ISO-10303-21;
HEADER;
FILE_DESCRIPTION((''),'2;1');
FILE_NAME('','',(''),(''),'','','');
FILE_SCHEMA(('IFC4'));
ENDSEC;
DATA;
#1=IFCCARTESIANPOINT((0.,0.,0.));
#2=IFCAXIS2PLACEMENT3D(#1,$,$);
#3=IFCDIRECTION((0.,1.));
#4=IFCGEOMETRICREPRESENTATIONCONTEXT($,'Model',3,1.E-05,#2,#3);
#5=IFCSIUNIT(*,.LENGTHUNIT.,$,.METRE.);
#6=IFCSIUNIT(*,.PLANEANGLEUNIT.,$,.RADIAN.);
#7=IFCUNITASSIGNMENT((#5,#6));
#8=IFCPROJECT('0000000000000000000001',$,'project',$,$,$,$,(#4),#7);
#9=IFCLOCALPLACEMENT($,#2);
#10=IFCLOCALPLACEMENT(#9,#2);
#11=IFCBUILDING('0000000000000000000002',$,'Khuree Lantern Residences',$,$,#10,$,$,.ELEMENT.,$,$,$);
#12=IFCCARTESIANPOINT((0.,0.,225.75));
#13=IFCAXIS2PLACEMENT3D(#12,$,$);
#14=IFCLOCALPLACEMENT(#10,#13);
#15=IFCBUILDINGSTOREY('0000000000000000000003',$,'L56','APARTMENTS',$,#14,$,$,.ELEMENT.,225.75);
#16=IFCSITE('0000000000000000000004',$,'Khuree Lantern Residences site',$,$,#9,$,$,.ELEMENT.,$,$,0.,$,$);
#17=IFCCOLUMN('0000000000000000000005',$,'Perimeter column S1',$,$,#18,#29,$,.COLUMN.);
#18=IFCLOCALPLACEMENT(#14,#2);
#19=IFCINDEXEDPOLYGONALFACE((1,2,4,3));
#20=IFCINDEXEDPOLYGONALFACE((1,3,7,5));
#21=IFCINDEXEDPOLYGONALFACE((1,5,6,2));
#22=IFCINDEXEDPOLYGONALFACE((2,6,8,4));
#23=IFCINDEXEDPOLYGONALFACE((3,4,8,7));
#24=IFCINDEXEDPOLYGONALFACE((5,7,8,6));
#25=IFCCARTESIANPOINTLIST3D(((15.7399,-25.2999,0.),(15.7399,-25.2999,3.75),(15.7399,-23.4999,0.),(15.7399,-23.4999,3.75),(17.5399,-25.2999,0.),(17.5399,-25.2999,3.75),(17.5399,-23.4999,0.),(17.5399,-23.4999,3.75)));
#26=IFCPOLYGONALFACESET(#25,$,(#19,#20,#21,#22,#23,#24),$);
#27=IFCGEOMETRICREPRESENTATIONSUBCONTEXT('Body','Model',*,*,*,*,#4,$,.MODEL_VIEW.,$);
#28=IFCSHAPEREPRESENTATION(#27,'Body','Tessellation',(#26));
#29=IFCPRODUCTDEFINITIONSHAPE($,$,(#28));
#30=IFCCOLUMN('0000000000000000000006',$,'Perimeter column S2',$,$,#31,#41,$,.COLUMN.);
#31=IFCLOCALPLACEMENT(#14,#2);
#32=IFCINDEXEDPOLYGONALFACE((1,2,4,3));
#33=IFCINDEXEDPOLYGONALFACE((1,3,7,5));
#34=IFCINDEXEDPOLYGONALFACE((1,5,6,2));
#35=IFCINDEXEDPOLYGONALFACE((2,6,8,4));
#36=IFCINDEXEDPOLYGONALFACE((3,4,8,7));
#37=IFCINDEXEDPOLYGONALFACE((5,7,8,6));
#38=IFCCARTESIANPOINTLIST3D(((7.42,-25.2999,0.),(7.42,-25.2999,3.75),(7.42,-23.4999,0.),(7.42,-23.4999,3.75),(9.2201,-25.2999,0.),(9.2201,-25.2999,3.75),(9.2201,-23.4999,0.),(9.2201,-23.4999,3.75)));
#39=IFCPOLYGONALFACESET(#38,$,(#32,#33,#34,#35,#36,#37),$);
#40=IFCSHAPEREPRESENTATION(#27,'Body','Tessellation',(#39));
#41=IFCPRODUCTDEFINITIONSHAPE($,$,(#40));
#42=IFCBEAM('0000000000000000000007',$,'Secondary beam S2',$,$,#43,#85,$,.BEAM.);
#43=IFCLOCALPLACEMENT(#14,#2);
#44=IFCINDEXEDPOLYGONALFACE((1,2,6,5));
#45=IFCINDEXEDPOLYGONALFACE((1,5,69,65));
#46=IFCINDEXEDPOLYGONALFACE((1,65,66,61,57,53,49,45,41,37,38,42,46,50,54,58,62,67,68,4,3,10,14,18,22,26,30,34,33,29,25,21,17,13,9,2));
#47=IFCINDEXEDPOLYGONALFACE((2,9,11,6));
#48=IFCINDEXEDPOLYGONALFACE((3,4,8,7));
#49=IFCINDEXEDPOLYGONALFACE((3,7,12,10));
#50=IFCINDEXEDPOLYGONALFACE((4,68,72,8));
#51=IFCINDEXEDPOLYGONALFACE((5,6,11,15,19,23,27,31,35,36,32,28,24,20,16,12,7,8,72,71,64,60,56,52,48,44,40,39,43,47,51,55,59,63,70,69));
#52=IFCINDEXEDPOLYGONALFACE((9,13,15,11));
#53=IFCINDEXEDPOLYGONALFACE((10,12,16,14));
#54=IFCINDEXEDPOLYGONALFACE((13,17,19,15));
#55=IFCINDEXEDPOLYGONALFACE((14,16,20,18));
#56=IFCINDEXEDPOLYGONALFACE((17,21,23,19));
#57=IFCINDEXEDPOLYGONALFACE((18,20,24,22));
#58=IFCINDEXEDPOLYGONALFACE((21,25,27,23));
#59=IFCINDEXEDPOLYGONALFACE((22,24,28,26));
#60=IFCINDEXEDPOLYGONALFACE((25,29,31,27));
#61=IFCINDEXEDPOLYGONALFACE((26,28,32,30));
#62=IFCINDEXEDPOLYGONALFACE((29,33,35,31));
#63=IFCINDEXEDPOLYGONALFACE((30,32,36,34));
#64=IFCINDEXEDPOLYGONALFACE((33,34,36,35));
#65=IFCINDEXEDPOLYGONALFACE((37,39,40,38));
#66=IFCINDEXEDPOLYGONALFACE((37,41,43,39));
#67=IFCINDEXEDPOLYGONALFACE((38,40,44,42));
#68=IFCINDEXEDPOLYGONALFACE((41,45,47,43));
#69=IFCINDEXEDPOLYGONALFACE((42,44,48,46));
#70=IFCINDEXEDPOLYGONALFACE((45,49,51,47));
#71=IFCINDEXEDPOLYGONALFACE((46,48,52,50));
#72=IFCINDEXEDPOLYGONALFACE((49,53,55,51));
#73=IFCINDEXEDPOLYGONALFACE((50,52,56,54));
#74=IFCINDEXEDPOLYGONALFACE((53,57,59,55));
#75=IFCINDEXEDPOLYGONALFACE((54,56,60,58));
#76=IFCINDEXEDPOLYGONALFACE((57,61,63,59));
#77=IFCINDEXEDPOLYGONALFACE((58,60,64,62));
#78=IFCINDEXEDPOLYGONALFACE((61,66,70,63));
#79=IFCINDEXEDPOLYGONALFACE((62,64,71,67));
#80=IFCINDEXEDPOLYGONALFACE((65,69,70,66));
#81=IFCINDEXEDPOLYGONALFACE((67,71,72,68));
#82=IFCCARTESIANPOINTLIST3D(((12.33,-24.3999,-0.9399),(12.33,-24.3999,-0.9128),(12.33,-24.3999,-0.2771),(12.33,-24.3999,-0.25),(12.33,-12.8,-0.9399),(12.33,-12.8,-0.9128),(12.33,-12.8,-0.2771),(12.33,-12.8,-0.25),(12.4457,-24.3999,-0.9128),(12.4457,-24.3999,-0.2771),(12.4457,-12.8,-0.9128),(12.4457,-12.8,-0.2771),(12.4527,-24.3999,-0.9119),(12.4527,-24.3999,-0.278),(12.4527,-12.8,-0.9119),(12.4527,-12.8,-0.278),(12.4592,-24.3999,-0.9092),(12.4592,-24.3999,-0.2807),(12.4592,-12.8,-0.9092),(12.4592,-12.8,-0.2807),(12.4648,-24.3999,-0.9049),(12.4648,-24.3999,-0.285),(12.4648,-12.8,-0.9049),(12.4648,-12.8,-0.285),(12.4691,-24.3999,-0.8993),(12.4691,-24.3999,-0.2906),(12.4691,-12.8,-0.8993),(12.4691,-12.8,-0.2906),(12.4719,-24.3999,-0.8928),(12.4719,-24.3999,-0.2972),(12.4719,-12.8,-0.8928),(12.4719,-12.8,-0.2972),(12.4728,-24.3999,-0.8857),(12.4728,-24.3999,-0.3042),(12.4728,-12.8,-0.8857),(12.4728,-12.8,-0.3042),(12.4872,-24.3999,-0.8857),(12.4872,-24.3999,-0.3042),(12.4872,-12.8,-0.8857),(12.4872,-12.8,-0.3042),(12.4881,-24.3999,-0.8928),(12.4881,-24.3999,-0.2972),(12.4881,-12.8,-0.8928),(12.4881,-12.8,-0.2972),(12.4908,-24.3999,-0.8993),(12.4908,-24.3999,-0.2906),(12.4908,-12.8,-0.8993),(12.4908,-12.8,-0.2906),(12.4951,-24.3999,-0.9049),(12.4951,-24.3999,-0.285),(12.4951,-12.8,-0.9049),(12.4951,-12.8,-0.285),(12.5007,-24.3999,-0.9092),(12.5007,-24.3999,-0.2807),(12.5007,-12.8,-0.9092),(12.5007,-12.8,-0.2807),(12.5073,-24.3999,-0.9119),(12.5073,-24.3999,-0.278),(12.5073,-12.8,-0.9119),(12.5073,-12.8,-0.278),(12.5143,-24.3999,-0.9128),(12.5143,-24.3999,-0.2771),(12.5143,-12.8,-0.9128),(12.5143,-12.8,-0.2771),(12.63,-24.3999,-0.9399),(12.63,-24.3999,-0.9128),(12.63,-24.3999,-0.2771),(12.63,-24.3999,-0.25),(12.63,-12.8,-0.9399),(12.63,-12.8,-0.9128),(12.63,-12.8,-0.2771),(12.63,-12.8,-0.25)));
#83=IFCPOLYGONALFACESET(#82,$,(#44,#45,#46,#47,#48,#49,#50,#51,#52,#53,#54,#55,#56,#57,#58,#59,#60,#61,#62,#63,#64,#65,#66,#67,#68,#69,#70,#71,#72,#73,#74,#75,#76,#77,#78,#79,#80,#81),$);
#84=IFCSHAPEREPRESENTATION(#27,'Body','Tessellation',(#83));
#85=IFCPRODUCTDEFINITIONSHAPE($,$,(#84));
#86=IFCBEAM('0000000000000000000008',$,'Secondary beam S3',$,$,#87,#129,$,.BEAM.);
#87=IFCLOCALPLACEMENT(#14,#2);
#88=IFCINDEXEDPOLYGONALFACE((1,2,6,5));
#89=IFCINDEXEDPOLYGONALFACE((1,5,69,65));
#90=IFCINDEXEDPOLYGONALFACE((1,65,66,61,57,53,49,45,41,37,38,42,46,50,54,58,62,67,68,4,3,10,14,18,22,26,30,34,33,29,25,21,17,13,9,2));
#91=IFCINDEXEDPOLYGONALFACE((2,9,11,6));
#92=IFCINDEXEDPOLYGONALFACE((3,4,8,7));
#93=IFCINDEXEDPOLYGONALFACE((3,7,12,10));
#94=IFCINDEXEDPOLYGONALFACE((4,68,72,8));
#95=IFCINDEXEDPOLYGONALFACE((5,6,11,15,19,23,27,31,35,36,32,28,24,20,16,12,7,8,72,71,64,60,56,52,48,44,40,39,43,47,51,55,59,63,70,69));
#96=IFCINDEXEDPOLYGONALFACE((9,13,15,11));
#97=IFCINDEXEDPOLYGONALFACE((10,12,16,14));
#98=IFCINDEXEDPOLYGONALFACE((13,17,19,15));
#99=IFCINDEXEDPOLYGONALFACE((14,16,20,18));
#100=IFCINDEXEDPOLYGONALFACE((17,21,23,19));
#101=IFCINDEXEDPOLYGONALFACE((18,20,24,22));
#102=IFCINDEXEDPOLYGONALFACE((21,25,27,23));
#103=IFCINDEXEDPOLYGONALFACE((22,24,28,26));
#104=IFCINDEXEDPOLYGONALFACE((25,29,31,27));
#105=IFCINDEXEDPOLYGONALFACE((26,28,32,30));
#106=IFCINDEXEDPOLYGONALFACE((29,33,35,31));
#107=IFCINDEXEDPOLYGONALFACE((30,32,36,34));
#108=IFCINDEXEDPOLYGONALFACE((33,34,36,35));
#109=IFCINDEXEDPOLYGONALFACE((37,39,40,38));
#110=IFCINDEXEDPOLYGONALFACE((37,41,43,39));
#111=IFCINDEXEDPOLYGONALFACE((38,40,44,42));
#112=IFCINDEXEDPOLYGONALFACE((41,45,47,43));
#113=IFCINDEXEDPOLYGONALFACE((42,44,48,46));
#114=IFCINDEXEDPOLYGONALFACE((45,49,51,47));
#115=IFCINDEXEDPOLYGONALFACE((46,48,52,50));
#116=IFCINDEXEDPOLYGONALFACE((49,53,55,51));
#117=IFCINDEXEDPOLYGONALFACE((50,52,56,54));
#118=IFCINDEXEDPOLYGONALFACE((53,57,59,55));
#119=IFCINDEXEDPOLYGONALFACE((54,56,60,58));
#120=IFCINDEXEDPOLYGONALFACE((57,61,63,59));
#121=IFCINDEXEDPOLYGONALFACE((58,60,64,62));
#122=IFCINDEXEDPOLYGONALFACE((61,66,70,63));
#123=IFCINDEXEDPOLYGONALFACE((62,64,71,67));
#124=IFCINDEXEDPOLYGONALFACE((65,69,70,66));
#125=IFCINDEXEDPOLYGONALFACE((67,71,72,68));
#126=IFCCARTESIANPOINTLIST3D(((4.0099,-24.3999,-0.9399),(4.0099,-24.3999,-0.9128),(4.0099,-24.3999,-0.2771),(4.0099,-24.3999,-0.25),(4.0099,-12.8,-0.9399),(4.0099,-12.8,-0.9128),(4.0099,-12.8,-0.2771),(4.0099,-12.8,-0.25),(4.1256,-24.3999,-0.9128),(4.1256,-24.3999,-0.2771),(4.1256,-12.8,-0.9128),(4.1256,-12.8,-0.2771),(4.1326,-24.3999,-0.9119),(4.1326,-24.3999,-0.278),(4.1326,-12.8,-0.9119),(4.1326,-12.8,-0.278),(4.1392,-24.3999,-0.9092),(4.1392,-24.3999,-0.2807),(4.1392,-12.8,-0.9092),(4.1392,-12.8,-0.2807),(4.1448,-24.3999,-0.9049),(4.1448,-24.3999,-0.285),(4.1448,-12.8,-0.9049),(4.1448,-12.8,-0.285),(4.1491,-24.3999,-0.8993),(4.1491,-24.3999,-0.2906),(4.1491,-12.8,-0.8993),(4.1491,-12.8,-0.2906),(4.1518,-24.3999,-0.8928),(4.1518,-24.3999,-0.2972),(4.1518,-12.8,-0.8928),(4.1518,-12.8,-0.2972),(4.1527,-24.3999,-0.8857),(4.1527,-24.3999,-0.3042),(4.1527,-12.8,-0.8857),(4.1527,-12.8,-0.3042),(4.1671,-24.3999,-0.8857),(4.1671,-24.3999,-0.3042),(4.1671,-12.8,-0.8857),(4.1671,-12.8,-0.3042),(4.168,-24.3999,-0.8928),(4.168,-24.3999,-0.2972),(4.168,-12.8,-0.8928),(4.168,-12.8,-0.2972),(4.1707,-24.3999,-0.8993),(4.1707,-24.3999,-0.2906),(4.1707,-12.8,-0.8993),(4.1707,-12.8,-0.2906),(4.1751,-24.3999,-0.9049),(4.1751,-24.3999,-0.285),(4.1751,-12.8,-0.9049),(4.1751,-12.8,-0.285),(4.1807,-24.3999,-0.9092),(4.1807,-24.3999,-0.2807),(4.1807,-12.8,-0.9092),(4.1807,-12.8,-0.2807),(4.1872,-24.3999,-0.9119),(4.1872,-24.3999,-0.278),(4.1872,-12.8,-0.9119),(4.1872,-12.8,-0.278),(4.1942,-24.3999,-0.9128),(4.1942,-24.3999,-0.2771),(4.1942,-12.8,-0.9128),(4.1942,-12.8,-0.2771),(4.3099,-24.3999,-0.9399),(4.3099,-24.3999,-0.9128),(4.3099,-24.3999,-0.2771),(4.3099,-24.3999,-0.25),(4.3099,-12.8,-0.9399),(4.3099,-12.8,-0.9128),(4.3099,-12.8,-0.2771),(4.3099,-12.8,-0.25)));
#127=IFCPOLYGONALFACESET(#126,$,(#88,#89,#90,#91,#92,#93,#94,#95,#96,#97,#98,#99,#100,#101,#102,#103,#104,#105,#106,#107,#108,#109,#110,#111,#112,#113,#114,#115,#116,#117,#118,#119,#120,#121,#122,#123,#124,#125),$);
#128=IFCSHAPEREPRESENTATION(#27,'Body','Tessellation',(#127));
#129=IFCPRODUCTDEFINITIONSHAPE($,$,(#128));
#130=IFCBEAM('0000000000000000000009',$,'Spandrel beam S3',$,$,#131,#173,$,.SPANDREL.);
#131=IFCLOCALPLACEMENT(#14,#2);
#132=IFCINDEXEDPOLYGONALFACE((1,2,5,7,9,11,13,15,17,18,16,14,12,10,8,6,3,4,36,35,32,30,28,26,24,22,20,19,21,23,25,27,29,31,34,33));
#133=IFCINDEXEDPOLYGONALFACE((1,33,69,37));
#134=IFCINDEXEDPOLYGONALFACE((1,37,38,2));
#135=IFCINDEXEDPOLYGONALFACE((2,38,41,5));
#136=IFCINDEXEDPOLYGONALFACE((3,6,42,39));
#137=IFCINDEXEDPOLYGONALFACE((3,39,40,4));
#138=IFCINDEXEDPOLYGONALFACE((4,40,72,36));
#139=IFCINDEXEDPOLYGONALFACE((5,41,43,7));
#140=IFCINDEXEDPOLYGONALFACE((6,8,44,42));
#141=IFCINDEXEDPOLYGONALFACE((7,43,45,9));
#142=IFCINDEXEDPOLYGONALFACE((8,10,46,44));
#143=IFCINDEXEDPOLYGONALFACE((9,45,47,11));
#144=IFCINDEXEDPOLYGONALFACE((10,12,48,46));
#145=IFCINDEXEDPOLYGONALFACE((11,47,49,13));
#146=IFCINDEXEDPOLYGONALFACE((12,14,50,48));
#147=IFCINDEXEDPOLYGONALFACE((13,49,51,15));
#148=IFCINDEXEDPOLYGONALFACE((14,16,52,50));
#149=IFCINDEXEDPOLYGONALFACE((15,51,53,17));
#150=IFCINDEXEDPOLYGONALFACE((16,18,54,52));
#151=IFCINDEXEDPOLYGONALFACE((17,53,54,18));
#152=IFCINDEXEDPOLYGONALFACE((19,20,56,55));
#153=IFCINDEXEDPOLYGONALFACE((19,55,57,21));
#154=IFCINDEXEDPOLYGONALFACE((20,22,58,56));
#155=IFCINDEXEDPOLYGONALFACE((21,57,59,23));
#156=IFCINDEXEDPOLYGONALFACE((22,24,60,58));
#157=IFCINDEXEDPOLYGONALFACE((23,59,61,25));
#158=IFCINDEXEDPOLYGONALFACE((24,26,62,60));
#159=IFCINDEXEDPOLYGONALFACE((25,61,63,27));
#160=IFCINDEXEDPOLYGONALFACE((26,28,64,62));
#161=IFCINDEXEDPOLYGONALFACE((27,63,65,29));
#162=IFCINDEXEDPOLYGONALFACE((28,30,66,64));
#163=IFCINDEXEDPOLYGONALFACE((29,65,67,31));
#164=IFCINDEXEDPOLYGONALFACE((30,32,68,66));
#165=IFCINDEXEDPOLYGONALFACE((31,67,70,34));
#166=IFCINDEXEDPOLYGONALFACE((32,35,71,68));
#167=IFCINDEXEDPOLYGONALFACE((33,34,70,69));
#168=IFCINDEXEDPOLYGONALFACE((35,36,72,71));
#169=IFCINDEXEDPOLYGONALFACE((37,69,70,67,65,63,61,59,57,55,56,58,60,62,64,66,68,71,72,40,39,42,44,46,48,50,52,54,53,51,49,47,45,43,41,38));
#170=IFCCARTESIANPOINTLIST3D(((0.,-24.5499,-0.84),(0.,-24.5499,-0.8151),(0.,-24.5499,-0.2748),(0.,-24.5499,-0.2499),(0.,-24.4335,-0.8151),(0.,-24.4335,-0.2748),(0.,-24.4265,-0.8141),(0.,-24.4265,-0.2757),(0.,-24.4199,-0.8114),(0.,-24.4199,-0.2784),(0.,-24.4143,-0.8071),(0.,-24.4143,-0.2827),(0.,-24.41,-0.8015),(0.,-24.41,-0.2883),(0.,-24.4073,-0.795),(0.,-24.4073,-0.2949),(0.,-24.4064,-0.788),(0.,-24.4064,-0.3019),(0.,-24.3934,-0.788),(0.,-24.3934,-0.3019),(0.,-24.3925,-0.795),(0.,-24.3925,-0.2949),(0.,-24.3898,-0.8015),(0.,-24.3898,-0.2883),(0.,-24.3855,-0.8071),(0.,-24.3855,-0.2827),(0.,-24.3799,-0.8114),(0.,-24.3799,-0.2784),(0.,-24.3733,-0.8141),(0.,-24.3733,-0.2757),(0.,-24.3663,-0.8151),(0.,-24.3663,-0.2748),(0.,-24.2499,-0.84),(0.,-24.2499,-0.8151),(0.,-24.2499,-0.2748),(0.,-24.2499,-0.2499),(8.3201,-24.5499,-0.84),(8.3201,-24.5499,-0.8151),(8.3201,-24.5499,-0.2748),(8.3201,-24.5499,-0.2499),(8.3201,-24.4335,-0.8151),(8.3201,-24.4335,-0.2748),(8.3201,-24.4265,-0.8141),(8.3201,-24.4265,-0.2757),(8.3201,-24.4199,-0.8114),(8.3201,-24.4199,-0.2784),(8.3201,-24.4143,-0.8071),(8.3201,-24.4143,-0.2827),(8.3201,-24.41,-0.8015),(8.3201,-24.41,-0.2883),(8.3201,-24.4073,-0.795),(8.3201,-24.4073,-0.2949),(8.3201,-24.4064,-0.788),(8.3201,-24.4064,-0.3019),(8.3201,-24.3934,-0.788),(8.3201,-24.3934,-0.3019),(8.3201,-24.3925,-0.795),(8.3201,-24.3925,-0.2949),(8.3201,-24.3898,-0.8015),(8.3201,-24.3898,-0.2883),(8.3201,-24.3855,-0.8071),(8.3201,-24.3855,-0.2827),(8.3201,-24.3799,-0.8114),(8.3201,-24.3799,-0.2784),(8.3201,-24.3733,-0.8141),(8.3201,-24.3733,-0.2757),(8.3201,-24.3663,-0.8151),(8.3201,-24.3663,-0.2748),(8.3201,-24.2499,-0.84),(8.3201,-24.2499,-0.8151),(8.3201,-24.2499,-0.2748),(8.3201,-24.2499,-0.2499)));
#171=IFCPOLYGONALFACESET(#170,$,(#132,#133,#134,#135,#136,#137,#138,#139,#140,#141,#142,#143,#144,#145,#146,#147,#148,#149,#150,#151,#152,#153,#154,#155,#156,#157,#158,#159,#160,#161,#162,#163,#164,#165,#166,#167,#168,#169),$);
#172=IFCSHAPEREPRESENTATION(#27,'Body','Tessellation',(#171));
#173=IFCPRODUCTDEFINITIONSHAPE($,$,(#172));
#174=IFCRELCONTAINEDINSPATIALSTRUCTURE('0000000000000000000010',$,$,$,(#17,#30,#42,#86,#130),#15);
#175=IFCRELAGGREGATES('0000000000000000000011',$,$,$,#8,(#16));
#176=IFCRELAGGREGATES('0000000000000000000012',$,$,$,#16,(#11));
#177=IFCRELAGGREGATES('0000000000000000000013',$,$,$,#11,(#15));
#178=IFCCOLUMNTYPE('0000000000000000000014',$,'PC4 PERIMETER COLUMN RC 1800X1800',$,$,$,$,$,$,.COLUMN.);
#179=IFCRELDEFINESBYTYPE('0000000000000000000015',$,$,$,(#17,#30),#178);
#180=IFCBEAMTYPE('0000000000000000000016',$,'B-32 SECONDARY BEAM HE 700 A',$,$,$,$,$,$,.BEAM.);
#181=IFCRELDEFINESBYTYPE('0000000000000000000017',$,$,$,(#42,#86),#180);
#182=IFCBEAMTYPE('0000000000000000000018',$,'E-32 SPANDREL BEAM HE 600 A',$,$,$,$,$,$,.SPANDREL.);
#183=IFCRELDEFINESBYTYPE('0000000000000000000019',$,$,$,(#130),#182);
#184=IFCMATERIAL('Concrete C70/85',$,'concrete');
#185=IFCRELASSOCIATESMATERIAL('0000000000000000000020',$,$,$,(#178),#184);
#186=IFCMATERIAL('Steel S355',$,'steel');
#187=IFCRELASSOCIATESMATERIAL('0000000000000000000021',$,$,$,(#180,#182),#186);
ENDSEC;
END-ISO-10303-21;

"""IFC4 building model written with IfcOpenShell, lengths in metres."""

from ifc_helpers import new_model, si_unit, direction, frame, origin, origin_2d, place, context, subcontext, project, spatial, rectangle, i_section, extrude, material, material_profile, profile_set, type_object, element, save


model = new_model("IFC4")

# Units and contexts
model_context = context("Model", 3, precision=1e-05, world=origin(), true_north=direction((0.0, 1.0)))
body_context = subcontext(model_context, "Body", "Model", "MODEL_VIEW")
ifc_project = project(units=[si_unit("LENGTHUNIT", "METRE"), si_unit("PLANEANGLEUNIT", "RADIAN")], contexts=[model_context])

# Site, building, storey
site_placement = place(None, origin())
site = spatial("IfcSite", under=ifc_project, at=site_placement, Name="Khuree Lantern Residences site", CompositionType="ELEMENT", RefElevation=0.0)
building_placement = place(site_placement, origin())
building = spatial("IfcBuilding", under=site, at=building_placement, Name="Khuree Lantern Residences", CompositionType="ELEMENT")
storey_placement = place(building_placement, frame((0.0, 0.0, 225.75)))
storey = spatial("IfcBuildingStorey", under=building, at=storey_placement, Name="L56", Description="APARTMENTS", CompositionType="ELEMENT", Elevation=225.75)

# Columns
ifc_material_1 = material(Name="Concrete C70/85", Category="concrete")
ifc_material_profile_1 = material_profile(ifc_material_1, rectangle(XDim=1.8, YDim=1.8, at=origin_2d()), Name="RC 1800X1800")
ifc_profile_set_1 = profile_set([ifc_material_profile_1], Name="Concrete C70/85")
column_type = type_object("IfcColumnType", Name="PC4 PERIMETER COLUMN RC 1800X1800", PredefinedType="COLUMN", material=ifc_profile_set_1)
for number, where, z_axis, x_axis, name in (
    (1, (16.6399, -24.3999, 0.0), (0.0, 0.0, 1.0), (1.0, 0.0, 0.0), "Perimeter column S1"),
    (2, (8.3201, -24.3999, 0.0), (0.0, 0.0, 1.0), (1.0, 0.0, 0.0), "Perimeter column S2"),
):
    element("IfcColumn", number, at=place(storey_placement, frame(where, z_axis=z_axis, x_axis=x_axis)), inside=storey, type_object=column_type, Name=name, PredefinedType="COLUMN", context=body_context, shape_type="SweptSolid", body=[
        extrude(rectangle(XDim=1.8, YDim=1.8, at=origin_2d()), origin(), (0.0, 0.0, 1.0), 3.75),
    ])

# Beams
ifc_material_2 = material(Name="Steel S355", Category="steel")
ifc_material_profile_2 = material_profile(ifc_material_2, i_section(OverallWidth=0.3, OverallDepth=0.6899, WebThickness=0.0144, FlangeThickness=0.0271, FilletRadius=0.0271, at=origin_2d()), Name="HE 700 A")
ifc_profile_set_2 = profile_set([ifc_material_profile_2], Name="Steel S355")
beam_type_1 = type_object("IfcBeamType", Name="B-32 SECONDARY BEAM HE 700 A", PredefinedType="BEAM", material=ifc_profile_set_2)
for number, where, z_axis, x_axis, name in (
    (3, (12.48, -24.3999, -0.595), (0.0, 1.0, 0.0), (-1.0, 0.0, 0.0), "Secondary beam S2"),
    (4, (4.1599, -24.3999, -0.595), (0.0, 1.0, 0.0), (-1.0, 0.0, 0.0), "Secondary beam S3"),
):
    element("IfcBeam", number, at=place(storey_placement, frame(where, z_axis=z_axis, x_axis=x_axis)), inside=storey, type_object=beam_type_1, Name=name, PredefinedType="BEAM", context=body_context, shape_type="SweptSolid", body=[
        extrude(i_section(OverallWidth=0.3, OverallDepth=0.6899, WebThickness=0.0144, FlangeThickness=0.0271, FilletRadius=0.0271, at=origin_2d()), origin(), (0.0, 0.0, 1.0), 11.5999),
    ])
ifc_material_profile_3 = material_profile(ifc_material_2, i_section(OverallWidth=0.3, OverallDepth=0.5901, WebThickness=0.0129, FlangeThickness=0.0249, FilletRadius=0.0271, at=origin_2d()), Name="HE 600 A")
ifc_profile_set_3 = profile_set([ifc_material_profile_3], Name="Steel S355")
beam_type_2 = type_object("IfcBeamType", Name="E-32 SPANDREL BEAM HE 600 A", PredefinedType="SPANDREL", material=ifc_profile_set_3)
for number, where, z_axis, x_axis, name in (
    (5, (8.3201, -24.3999, -0.5449), (-1.0, 0.0, 0.0), (0.0, -1.0, 0.0), "Spandrel beam S3"),
):
    element("IfcBeam", number, at=place(storey_placement, frame(where, z_axis=z_axis, x_axis=x_axis)), inside=storey, type_object=beam_type_2, Name=name, PredefinedType="SPANDREL", context=body_context, shape_type="SweptSolid", body=[
        extrude(i_section(OverallWidth=0.3, OverallDepth=0.5901, WebThickness=0.0129, FlangeThickness=0.0249, FilletRadius=0.0271, at=origin_2d()), origin(), (0.0, 0.0, 1.0), 8.3201),
    ])

save(model, "model.ifc")
